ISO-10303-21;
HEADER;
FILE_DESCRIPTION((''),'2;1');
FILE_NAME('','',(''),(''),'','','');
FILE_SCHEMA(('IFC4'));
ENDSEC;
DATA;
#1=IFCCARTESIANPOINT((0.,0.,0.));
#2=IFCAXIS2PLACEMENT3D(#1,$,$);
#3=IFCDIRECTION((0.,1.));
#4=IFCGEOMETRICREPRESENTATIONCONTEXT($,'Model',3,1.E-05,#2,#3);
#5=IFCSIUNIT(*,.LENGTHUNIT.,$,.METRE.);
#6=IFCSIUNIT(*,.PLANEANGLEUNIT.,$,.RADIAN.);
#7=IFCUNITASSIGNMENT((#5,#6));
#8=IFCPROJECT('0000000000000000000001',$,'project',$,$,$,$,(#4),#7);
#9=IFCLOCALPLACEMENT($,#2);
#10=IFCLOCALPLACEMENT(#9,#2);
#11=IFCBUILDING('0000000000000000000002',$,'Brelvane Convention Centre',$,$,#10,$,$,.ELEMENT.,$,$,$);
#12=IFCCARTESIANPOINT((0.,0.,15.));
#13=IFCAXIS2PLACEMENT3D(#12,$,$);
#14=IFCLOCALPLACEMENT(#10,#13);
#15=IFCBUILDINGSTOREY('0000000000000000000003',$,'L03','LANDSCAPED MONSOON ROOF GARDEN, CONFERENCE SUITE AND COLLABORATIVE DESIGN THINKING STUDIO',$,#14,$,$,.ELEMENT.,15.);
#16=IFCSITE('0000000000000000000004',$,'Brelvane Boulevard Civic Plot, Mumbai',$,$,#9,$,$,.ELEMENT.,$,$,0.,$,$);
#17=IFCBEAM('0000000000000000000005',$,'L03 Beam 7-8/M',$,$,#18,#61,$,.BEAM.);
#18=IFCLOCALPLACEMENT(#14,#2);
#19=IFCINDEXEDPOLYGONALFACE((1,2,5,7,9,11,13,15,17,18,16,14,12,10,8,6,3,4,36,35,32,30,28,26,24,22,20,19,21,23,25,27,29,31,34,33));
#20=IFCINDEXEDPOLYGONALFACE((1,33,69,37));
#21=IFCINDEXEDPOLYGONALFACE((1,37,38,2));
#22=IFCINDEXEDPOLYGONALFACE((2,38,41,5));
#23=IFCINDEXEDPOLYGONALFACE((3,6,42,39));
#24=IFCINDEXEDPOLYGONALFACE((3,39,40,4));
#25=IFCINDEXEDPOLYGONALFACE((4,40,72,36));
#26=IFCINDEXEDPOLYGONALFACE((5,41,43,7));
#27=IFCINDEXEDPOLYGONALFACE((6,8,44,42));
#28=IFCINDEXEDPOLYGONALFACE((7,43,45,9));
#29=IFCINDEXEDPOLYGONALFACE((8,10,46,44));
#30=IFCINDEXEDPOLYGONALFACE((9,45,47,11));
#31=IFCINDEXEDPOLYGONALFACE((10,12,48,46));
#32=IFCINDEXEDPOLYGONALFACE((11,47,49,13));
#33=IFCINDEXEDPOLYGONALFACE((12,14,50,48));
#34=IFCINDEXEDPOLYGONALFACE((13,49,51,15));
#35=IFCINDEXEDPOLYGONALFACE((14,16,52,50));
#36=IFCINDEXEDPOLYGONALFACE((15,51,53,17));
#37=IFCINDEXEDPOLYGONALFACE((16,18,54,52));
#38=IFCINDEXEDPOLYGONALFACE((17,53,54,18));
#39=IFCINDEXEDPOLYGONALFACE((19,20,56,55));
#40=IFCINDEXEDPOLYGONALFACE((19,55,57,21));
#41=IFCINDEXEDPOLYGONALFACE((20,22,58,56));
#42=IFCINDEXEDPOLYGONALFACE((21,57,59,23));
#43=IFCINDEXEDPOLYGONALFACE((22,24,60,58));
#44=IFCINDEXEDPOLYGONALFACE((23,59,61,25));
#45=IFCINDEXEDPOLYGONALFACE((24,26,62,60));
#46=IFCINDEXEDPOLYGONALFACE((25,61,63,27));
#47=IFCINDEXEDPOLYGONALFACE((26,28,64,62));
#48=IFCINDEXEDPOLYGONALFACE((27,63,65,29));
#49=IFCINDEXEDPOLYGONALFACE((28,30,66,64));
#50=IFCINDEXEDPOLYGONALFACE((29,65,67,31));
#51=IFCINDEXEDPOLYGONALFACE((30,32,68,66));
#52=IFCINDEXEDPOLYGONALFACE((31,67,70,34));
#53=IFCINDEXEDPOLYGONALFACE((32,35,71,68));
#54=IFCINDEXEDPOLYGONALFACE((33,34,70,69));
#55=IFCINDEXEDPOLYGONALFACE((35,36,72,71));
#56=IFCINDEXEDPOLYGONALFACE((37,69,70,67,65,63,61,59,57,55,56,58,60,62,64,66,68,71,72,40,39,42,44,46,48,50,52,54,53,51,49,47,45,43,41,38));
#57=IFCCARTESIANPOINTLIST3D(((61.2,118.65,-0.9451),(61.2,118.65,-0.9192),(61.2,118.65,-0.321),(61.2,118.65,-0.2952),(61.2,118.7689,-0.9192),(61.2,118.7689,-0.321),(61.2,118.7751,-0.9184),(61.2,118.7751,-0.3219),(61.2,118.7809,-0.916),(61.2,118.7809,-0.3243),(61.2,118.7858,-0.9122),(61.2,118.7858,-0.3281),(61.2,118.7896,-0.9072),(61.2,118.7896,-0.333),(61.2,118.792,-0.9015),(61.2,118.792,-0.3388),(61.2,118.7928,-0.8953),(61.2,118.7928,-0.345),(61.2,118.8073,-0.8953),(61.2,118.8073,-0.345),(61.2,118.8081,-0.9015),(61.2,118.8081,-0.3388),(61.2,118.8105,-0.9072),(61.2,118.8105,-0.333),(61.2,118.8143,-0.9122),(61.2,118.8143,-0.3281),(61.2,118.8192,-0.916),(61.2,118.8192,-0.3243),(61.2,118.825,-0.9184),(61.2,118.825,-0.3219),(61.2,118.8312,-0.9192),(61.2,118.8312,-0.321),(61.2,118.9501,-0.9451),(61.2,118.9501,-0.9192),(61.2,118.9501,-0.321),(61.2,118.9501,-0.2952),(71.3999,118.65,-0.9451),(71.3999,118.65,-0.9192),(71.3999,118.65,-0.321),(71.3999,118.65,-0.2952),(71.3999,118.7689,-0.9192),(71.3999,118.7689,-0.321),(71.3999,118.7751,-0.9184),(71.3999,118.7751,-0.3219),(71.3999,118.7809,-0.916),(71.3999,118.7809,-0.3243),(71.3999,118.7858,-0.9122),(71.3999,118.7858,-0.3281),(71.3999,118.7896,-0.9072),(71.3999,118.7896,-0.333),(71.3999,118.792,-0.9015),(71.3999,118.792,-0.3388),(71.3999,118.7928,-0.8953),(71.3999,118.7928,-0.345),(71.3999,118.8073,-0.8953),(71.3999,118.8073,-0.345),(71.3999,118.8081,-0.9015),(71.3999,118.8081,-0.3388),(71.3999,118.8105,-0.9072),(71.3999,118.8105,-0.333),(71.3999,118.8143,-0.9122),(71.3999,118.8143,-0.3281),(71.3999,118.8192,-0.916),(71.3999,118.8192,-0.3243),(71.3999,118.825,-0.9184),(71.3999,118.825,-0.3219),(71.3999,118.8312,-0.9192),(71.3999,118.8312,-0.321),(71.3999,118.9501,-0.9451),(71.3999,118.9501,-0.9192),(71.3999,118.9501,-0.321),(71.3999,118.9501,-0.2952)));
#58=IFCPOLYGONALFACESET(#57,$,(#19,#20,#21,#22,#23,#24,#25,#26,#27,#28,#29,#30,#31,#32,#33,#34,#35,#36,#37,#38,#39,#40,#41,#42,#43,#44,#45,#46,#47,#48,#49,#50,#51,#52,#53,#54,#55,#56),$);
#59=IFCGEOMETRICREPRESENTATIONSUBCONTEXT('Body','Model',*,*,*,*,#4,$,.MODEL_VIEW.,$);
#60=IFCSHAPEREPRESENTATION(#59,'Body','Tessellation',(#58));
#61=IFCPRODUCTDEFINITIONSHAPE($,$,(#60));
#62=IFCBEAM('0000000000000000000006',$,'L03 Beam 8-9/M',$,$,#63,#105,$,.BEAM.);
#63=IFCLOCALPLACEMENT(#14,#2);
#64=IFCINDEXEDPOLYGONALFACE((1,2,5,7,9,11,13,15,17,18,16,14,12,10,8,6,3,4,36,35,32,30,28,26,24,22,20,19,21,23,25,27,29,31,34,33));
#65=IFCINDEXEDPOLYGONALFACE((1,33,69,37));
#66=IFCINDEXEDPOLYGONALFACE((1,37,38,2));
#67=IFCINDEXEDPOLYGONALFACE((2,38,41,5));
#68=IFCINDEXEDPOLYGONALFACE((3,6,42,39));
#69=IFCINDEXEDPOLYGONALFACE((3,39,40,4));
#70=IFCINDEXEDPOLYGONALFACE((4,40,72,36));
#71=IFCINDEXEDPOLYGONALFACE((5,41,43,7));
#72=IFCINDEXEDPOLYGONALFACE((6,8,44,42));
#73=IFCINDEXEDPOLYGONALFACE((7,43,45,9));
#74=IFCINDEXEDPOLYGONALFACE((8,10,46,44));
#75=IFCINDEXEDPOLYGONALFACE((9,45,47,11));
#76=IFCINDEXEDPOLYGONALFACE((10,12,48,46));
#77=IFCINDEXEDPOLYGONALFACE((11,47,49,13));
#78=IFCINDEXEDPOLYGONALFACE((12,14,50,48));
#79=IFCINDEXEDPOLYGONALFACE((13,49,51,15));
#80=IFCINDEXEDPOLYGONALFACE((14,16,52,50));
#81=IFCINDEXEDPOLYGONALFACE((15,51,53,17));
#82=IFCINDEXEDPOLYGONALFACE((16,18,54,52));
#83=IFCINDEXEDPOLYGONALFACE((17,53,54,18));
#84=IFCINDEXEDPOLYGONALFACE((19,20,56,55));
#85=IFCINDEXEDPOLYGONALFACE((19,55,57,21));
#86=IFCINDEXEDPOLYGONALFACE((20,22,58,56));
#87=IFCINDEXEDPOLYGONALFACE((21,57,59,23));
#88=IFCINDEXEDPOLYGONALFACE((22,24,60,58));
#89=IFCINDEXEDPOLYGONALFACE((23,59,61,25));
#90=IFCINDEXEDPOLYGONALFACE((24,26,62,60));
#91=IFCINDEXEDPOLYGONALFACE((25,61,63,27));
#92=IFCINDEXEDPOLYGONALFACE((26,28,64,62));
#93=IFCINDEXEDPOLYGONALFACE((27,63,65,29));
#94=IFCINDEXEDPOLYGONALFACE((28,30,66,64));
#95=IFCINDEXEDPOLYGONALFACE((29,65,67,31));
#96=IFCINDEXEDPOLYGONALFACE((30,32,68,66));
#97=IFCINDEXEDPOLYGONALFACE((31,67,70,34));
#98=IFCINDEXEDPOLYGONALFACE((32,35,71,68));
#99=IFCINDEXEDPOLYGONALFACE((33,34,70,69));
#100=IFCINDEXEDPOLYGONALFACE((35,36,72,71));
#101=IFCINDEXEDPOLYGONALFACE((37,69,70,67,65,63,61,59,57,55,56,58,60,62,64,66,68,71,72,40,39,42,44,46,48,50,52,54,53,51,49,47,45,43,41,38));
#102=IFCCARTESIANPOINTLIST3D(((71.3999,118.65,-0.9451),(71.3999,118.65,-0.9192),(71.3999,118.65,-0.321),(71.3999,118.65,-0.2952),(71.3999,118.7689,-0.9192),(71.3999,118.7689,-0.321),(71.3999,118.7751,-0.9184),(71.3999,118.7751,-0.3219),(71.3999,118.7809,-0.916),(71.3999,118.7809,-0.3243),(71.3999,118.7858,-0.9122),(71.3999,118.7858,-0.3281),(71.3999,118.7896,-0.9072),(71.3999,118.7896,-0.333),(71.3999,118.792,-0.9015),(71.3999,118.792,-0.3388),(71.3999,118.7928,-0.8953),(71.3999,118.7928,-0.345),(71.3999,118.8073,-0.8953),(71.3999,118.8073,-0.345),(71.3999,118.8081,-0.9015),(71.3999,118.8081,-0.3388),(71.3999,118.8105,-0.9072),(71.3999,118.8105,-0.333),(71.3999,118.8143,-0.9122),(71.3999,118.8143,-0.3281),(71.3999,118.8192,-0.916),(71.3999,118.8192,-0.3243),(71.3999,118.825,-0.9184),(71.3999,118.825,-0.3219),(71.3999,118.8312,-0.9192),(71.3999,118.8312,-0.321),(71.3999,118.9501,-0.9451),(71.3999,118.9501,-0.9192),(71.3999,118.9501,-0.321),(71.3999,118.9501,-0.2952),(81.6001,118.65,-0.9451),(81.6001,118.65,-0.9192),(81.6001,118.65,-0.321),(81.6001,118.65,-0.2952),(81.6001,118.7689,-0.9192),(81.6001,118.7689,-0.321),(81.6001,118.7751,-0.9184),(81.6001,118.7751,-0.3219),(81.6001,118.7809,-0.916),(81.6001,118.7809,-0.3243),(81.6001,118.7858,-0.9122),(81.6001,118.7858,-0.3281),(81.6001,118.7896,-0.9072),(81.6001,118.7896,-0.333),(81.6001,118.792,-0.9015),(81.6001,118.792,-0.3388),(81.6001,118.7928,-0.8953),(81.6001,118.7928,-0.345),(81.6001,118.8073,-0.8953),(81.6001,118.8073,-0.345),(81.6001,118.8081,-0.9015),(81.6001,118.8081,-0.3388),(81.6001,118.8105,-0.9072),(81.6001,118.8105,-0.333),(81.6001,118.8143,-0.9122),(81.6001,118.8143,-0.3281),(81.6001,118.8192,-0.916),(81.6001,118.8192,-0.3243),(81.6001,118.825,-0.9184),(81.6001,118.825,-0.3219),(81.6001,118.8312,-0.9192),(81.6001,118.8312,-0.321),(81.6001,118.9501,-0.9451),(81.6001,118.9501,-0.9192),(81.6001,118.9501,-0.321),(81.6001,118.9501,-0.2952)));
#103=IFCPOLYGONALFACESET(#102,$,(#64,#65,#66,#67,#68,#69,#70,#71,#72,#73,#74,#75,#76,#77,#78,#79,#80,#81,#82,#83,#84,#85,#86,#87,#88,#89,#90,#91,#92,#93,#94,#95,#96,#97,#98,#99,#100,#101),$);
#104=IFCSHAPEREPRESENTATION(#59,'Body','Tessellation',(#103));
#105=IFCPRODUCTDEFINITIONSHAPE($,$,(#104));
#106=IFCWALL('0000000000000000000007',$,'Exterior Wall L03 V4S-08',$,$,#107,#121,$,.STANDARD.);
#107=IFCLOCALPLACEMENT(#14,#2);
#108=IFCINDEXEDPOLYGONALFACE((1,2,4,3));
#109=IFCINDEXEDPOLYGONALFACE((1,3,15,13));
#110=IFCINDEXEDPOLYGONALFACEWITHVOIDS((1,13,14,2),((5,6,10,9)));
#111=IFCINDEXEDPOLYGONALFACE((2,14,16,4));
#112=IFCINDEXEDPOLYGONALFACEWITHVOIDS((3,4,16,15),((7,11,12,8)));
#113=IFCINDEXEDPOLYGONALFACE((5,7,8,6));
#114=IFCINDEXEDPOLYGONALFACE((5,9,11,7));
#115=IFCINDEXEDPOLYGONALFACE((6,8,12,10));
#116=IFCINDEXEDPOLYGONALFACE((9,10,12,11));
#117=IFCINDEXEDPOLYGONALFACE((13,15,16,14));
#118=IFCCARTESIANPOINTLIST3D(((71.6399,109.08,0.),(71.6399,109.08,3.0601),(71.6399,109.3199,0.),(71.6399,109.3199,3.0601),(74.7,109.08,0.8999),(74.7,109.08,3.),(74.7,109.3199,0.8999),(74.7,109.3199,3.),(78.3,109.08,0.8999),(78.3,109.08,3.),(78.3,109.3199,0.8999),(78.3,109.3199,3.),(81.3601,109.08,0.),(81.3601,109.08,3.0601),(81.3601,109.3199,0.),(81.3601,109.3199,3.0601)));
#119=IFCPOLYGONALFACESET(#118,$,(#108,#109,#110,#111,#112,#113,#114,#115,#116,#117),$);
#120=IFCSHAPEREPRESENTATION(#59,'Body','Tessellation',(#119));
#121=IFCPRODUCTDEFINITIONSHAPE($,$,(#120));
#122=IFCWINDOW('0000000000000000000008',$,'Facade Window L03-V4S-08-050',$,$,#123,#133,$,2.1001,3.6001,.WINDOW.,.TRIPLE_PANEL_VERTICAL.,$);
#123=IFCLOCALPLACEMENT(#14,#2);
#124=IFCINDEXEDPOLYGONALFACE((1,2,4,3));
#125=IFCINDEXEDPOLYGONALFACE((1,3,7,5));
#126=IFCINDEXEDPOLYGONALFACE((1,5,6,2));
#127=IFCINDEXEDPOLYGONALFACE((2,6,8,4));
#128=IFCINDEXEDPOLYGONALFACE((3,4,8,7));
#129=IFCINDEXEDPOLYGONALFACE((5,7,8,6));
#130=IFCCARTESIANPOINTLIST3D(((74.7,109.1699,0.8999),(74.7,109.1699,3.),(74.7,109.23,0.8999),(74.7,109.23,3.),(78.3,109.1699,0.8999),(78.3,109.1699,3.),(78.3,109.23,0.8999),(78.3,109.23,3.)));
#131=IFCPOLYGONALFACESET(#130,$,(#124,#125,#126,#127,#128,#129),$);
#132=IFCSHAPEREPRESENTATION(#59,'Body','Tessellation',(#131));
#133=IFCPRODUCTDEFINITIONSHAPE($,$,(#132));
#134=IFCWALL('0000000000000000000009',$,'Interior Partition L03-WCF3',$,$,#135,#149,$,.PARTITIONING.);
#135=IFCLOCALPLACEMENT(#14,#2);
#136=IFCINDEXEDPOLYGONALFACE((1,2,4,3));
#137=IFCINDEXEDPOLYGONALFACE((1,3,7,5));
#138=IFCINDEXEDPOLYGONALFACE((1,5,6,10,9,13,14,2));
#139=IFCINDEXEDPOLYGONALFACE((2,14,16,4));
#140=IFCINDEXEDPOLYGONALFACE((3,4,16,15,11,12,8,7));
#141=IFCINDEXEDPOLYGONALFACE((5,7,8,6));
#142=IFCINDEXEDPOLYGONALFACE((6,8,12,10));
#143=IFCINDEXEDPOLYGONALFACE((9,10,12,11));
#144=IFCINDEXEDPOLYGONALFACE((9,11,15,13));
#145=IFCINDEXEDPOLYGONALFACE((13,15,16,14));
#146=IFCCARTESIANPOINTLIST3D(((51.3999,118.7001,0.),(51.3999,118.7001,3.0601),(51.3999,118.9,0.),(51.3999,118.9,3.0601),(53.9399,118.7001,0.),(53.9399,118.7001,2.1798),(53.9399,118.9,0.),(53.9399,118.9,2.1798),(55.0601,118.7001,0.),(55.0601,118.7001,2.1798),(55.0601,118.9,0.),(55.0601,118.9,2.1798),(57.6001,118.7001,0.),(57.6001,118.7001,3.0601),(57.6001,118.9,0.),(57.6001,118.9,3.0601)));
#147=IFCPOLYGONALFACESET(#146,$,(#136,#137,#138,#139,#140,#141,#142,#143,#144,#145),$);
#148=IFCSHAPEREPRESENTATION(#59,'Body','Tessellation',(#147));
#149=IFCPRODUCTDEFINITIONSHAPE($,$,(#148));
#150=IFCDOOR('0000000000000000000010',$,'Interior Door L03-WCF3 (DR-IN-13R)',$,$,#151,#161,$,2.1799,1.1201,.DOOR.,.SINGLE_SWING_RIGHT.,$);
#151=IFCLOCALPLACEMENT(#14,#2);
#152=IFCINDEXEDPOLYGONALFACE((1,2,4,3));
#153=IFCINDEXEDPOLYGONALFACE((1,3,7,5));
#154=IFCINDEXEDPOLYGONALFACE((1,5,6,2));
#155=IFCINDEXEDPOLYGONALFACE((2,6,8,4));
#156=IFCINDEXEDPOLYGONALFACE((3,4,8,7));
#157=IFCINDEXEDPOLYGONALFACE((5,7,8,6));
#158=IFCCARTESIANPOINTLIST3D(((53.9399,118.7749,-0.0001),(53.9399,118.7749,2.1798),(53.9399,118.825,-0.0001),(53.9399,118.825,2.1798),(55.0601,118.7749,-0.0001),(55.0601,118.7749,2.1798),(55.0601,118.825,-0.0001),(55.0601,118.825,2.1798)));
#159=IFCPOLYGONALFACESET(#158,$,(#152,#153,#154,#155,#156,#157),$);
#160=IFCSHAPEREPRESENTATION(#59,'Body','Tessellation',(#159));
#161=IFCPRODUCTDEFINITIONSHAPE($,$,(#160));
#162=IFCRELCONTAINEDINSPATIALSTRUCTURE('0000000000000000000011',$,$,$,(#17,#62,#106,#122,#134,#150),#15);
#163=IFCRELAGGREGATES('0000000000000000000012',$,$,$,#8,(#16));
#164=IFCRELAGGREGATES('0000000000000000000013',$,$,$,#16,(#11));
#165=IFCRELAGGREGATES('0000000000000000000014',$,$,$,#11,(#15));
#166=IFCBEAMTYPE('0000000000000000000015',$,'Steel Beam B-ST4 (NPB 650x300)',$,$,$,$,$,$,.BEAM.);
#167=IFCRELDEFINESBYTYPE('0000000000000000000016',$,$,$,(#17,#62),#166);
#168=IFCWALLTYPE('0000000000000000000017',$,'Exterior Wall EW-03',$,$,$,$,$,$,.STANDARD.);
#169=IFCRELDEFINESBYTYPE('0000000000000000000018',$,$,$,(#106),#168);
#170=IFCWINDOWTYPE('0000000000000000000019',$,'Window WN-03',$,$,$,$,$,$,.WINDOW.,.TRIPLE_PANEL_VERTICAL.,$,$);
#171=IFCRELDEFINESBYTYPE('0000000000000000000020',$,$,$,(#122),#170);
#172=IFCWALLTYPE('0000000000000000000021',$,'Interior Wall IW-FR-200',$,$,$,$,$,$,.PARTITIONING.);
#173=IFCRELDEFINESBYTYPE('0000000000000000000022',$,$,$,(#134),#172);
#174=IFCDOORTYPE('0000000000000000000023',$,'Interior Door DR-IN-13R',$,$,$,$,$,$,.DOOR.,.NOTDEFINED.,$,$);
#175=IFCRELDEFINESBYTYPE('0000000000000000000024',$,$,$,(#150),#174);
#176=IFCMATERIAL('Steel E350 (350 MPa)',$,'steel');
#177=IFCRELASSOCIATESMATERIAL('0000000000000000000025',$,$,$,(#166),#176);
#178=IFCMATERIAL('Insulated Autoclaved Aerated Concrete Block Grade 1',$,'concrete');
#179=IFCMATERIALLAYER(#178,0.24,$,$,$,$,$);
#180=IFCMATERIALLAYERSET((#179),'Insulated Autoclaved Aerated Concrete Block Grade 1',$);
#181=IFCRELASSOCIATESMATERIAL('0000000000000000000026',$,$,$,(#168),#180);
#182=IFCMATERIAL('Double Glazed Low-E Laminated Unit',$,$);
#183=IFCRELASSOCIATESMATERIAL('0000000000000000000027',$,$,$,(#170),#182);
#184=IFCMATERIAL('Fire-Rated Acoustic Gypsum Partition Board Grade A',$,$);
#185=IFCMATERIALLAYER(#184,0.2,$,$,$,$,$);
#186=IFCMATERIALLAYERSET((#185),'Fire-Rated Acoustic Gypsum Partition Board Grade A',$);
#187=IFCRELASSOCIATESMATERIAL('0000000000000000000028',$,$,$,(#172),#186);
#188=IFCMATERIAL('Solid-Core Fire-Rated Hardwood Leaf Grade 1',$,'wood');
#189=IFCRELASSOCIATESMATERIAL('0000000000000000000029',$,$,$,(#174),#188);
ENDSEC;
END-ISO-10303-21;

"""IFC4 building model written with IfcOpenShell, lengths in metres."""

from ifc_helpers import new_model, si_unit, direction, frame, frame_2d, origin, origin_2d, place, context, subcontext, project, spatial, rectangle, i_section, extrude, material, layer, layer_set, material_profile, profile_set, type_object, element, fill, save


model = new_model("IFC4")

# Units and contexts
model_context = context("Model", 3, precision=1e-05, world=origin(), true_north=direction((0.0, 1.0)))
body_context = subcontext(model_context, "Body", "Model", "MODEL_VIEW")
ifc_project = project(units=[si_unit("LENGTHUNIT", "METRE"), si_unit("PLANEANGLEUNIT", "RADIAN")], contexts=[model_context])

# Site, building, storey
site_placement = place(None, origin())
site = spatial("IfcSite", under=ifc_project, at=site_placement, Name="Brelvane Boulevard Civic Plot, Mumbai", CompositionType="ELEMENT", RefElevation=0.0)
building_placement = place(site_placement, origin())
building = spatial("IfcBuilding", under=site, at=building_placement, Name="Brelvane Convention Centre", CompositionType="ELEMENT")
storey_placement = place(building_placement, frame((0.0, 0.0, 15.0)))
storey = spatial("IfcBuildingStorey", under=building, at=storey_placement, Name="L03", Description="LANDSCAPED MONSOON ROOF GARDEN, CONFERENCE SUITE AND COLLABORATIVE DESIGN THINKING STUDIO", CompositionType="ELEMENT", Elevation=15.0)

# Beams
ifc_material_1 = material(Name="Steel E350 (350 MPa)", Category="steel")
ifc_material_profile_1 = material_profile(ifc_material_1, i_section(OverallWidth=0.3, OverallDepth=0.6499, WebThickness=0.0144, FlangeThickness=0.0259, FilletRadius=0.0239, at=origin_2d()), Name="NPB 650x300")
ifc_profile_set_1 = profile_set([ifc_material_profile_1], Name="Steel E350 (350 MPa)")
beam_type_1 = type_object("IfcBeamType", Name="Steel Beam B-ST4 (NPB 650x300)", PredefinedType="BEAM", material=ifc_profile_set_1)
beam_1_placement = place(storey_placement, frame((61.2, 118.8, -0.6201), z_axis=(1.0, 0.0, 0.0), x_axis=(0.0, 1.0, 0.0)))
element("IfcBeam", 1, at=beam_1_placement, inside=storey, type_object=beam_type_1, Name="L03 Beam 7-8/M", PredefinedType="BEAM", context=body_context, shape_type="SweptSolid", body=[
    extrude(i_section(OverallWidth=0.3, OverallDepth=0.6499, WebThickness=0.0144, FlangeThickness=0.0259, FilletRadius=0.0239, at=origin_2d()), origin(), (0.0, 0.0, 1.0), 10.2),
])
beam_2_placement = place(storey_placement, frame((71.3999, 118.8, -0.6201), z_axis=(1.0, 0.0, 0.0), x_axis=(0.0, 1.0, 0.0)))
element("IfcBeam", 2, at=beam_2_placement, inside=storey, type_object=beam_type_1, Name="L03 Beam 8-9/M", PredefinedType="BEAM", context=body_context, shape_type="SweptSolid", body=[
    extrude(i_section(OverallWidth=0.3, OverallDepth=0.6499, WebThickness=0.0144, FlangeThickness=0.0259, FilletRadius=0.0239, at=origin_2d()), origin(), (0.0, 0.0, 1.0), 10.2002),
])

# Wall, opening, window
ifc_material_2 = material(Name="Insulated Autoclaved Aerated Concrete Block Grade 1", Category="concrete")
ifc_layer_1 = layer(ifc_material_2, 0.24)
ifc_layer_set_1 = layer_set([ifc_layer_1], Name="Insulated Autoclaved Aerated Concrete Block Grade 1")
wall_type_1 = type_object("IfcWallType", Name="Exterior Wall EW-03", PredefinedType="STANDARD", material=ifc_layer_set_1)
wall_1_placement = place(storey_placement, frame((71.6399, 109.2, 0.0), z_axis=(0.0, 0.0, 1.0), x_axis=(1.0, 0.0, 0.0)))
wall_1 = element("IfcWall", 3, at=wall_1_placement, inside=storey, type_object=wall_type_1, Name="Exterior Wall L03 V4S-08", PredefinedType="STANDARD", context=body_context, shape_type="SweptSolid", body=[
    extrude(rectangle(XDim=9.7202, YDim=0.24, at=frame_2d((4.8601, 0.0))), origin(), (0.0, 0.0, 1.0), 3.0601),
])
opening_1_placement = place(wall_1_placement, frame((3.0601, 0.0, 0.8999)))
opening_1 = element("IfcOpeningElement", 4, at=opening_1_placement, cuts=wall_1, PredefinedType="OPENING", context=body_context, shape_type="SweptSolid", body=[
    extrude(rectangle(XDim=3.6001, YDim=2.1001, at=frame_2d((1.8, 1.05))), frame((0.0, 0.1299, 0.0), z_axis=(0.0, -1.0, 0.0), x_axis=(1.0, 0.0, 0.0)), (0.0, 0.0, 1.0), 0.26),
])
ifc_material_3 = material(Name="Double Glazed Low-E Laminated Unit")
window_type = type_object("IfcWindowType", Name="Window WN-03", PartitioningType="TRIPLE_PANEL_VERTICAL", PredefinedType="WINDOW", material=ifc_material_3)
window_placement = place(opening_1_placement, origin())
window = element("IfcWindow", 5, at=window_placement, inside=storey, type_object=window_type, Name="Facade Window L03-V4S-08-050", OverallHeight=2.1001, OverallWidth=3.6001, PartitioningType="TRIPLE_PANEL_VERTICAL", PredefinedType="WINDOW", context=body_context, shape_type="SweptSolid", body=[
    extrude(rectangle(XDim=3.6001, YDim=2.1001, at=frame_2d((1.8, 1.05))), frame((0.0, 0.03, 0.0), z_axis=(0.0, -1.0, 0.0), x_axis=(1.0, 0.0, 0.0)), (0.0, 0.0, 1.0), 0.0601),
])
fill(opening_1, window)

# Wall, opening, door
ifc_material_4 = material(Name="Fire-Rated Acoustic Gypsum Partition Board Grade A")
ifc_layer_2 = layer(ifc_material_4, 0.2)
ifc_layer_set_2 = layer_set([ifc_layer_2], Name="Fire-Rated Acoustic Gypsum Partition Board Grade A")
wall_type_2 = type_object("IfcWallType", Name="Interior Wall IW-FR-200", PredefinedType="PARTITIONING", material=ifc_layer_set_2)
wall_2_placement = place(storey_placement, frame((51.3999, 118.8, 0.0), z_axis=(0.0, 0.0, 1.0), x_axis=(1.0, 0.0, 0.0)))
wall_2 = element("IfcWall", 6, at=wall_2_placement, inside=storey, type_object=wall_type_2, Name="Interior Partition L03-WCF3", PredefinedType="PARTITIONING", context=body_context, shape_type="SweptSolid", body=[
    extrude(rectangle(XDim=6.2002, YDim=0.2, at=frame_2d((3.1001, 0.0))), origin(), (0.0, 0.0, 1.0), 3.0601),
])
opening_2_placement = place(wall_2_placement, frame((2.54, 0.0, 0.0)))
opening_2 = element("IfcOpeningElement", 7, at=opening_2_placement, cuts=wall_2, PredefinedType="OPENING", context=body_context, shape_type="SweptSolid", body=[
    extrude(rectangle(XDim=1.1201, YDim=2.1799, at=frame_2d((0.5601, 1.0898))), frame((0.0, 0.1099, 0.0), z_axis=(0.0, -1.0, 0.0), x_axis=(1.0, 0.0, 0.0)), (0.0, 0.0, 1.0), 0.22),
])
ifc_material_5 = material(Name="Solid-Core Fire-Rated Hardwood Leaf Grade 1", Category="wood")
door_type_1 = type_object("IfcDoorType", Name="Interior Door DR-IN-13R", OperationType="NOTDEFINED", PredefinedType="DOOR", material=ifc_material_5)
door_1_placement = place(opening_2_placement, origin())
door_1 = element("IfcDoor", 8, at=door_1_placement, inside=storey, type_object=door_type_1, Name="Interior Door L03-WCF3 (DR-IN-13R)", OperationType="SINGLE_SWING_RIGHT", OverallHeight=2.1799, OverallWidth=1.1201, PredefinedType="DOOR", context=body_context, shape_type="SweptSolid", body=[
    extrude(rectangle(XDim=1.1201, YDim=2.1799, at=frame_2d((0.5601, 1.0898))), frame((0.0, 0.0249, 0.0), z_axis=(0.0, -1.0, 0.0), x_axis=(1.0, 0.0, 0.0)), (0.0, 0.0, 1.0), 0.05),
])
fill(opening_2, door_1)

save(model, "model.ifc")
